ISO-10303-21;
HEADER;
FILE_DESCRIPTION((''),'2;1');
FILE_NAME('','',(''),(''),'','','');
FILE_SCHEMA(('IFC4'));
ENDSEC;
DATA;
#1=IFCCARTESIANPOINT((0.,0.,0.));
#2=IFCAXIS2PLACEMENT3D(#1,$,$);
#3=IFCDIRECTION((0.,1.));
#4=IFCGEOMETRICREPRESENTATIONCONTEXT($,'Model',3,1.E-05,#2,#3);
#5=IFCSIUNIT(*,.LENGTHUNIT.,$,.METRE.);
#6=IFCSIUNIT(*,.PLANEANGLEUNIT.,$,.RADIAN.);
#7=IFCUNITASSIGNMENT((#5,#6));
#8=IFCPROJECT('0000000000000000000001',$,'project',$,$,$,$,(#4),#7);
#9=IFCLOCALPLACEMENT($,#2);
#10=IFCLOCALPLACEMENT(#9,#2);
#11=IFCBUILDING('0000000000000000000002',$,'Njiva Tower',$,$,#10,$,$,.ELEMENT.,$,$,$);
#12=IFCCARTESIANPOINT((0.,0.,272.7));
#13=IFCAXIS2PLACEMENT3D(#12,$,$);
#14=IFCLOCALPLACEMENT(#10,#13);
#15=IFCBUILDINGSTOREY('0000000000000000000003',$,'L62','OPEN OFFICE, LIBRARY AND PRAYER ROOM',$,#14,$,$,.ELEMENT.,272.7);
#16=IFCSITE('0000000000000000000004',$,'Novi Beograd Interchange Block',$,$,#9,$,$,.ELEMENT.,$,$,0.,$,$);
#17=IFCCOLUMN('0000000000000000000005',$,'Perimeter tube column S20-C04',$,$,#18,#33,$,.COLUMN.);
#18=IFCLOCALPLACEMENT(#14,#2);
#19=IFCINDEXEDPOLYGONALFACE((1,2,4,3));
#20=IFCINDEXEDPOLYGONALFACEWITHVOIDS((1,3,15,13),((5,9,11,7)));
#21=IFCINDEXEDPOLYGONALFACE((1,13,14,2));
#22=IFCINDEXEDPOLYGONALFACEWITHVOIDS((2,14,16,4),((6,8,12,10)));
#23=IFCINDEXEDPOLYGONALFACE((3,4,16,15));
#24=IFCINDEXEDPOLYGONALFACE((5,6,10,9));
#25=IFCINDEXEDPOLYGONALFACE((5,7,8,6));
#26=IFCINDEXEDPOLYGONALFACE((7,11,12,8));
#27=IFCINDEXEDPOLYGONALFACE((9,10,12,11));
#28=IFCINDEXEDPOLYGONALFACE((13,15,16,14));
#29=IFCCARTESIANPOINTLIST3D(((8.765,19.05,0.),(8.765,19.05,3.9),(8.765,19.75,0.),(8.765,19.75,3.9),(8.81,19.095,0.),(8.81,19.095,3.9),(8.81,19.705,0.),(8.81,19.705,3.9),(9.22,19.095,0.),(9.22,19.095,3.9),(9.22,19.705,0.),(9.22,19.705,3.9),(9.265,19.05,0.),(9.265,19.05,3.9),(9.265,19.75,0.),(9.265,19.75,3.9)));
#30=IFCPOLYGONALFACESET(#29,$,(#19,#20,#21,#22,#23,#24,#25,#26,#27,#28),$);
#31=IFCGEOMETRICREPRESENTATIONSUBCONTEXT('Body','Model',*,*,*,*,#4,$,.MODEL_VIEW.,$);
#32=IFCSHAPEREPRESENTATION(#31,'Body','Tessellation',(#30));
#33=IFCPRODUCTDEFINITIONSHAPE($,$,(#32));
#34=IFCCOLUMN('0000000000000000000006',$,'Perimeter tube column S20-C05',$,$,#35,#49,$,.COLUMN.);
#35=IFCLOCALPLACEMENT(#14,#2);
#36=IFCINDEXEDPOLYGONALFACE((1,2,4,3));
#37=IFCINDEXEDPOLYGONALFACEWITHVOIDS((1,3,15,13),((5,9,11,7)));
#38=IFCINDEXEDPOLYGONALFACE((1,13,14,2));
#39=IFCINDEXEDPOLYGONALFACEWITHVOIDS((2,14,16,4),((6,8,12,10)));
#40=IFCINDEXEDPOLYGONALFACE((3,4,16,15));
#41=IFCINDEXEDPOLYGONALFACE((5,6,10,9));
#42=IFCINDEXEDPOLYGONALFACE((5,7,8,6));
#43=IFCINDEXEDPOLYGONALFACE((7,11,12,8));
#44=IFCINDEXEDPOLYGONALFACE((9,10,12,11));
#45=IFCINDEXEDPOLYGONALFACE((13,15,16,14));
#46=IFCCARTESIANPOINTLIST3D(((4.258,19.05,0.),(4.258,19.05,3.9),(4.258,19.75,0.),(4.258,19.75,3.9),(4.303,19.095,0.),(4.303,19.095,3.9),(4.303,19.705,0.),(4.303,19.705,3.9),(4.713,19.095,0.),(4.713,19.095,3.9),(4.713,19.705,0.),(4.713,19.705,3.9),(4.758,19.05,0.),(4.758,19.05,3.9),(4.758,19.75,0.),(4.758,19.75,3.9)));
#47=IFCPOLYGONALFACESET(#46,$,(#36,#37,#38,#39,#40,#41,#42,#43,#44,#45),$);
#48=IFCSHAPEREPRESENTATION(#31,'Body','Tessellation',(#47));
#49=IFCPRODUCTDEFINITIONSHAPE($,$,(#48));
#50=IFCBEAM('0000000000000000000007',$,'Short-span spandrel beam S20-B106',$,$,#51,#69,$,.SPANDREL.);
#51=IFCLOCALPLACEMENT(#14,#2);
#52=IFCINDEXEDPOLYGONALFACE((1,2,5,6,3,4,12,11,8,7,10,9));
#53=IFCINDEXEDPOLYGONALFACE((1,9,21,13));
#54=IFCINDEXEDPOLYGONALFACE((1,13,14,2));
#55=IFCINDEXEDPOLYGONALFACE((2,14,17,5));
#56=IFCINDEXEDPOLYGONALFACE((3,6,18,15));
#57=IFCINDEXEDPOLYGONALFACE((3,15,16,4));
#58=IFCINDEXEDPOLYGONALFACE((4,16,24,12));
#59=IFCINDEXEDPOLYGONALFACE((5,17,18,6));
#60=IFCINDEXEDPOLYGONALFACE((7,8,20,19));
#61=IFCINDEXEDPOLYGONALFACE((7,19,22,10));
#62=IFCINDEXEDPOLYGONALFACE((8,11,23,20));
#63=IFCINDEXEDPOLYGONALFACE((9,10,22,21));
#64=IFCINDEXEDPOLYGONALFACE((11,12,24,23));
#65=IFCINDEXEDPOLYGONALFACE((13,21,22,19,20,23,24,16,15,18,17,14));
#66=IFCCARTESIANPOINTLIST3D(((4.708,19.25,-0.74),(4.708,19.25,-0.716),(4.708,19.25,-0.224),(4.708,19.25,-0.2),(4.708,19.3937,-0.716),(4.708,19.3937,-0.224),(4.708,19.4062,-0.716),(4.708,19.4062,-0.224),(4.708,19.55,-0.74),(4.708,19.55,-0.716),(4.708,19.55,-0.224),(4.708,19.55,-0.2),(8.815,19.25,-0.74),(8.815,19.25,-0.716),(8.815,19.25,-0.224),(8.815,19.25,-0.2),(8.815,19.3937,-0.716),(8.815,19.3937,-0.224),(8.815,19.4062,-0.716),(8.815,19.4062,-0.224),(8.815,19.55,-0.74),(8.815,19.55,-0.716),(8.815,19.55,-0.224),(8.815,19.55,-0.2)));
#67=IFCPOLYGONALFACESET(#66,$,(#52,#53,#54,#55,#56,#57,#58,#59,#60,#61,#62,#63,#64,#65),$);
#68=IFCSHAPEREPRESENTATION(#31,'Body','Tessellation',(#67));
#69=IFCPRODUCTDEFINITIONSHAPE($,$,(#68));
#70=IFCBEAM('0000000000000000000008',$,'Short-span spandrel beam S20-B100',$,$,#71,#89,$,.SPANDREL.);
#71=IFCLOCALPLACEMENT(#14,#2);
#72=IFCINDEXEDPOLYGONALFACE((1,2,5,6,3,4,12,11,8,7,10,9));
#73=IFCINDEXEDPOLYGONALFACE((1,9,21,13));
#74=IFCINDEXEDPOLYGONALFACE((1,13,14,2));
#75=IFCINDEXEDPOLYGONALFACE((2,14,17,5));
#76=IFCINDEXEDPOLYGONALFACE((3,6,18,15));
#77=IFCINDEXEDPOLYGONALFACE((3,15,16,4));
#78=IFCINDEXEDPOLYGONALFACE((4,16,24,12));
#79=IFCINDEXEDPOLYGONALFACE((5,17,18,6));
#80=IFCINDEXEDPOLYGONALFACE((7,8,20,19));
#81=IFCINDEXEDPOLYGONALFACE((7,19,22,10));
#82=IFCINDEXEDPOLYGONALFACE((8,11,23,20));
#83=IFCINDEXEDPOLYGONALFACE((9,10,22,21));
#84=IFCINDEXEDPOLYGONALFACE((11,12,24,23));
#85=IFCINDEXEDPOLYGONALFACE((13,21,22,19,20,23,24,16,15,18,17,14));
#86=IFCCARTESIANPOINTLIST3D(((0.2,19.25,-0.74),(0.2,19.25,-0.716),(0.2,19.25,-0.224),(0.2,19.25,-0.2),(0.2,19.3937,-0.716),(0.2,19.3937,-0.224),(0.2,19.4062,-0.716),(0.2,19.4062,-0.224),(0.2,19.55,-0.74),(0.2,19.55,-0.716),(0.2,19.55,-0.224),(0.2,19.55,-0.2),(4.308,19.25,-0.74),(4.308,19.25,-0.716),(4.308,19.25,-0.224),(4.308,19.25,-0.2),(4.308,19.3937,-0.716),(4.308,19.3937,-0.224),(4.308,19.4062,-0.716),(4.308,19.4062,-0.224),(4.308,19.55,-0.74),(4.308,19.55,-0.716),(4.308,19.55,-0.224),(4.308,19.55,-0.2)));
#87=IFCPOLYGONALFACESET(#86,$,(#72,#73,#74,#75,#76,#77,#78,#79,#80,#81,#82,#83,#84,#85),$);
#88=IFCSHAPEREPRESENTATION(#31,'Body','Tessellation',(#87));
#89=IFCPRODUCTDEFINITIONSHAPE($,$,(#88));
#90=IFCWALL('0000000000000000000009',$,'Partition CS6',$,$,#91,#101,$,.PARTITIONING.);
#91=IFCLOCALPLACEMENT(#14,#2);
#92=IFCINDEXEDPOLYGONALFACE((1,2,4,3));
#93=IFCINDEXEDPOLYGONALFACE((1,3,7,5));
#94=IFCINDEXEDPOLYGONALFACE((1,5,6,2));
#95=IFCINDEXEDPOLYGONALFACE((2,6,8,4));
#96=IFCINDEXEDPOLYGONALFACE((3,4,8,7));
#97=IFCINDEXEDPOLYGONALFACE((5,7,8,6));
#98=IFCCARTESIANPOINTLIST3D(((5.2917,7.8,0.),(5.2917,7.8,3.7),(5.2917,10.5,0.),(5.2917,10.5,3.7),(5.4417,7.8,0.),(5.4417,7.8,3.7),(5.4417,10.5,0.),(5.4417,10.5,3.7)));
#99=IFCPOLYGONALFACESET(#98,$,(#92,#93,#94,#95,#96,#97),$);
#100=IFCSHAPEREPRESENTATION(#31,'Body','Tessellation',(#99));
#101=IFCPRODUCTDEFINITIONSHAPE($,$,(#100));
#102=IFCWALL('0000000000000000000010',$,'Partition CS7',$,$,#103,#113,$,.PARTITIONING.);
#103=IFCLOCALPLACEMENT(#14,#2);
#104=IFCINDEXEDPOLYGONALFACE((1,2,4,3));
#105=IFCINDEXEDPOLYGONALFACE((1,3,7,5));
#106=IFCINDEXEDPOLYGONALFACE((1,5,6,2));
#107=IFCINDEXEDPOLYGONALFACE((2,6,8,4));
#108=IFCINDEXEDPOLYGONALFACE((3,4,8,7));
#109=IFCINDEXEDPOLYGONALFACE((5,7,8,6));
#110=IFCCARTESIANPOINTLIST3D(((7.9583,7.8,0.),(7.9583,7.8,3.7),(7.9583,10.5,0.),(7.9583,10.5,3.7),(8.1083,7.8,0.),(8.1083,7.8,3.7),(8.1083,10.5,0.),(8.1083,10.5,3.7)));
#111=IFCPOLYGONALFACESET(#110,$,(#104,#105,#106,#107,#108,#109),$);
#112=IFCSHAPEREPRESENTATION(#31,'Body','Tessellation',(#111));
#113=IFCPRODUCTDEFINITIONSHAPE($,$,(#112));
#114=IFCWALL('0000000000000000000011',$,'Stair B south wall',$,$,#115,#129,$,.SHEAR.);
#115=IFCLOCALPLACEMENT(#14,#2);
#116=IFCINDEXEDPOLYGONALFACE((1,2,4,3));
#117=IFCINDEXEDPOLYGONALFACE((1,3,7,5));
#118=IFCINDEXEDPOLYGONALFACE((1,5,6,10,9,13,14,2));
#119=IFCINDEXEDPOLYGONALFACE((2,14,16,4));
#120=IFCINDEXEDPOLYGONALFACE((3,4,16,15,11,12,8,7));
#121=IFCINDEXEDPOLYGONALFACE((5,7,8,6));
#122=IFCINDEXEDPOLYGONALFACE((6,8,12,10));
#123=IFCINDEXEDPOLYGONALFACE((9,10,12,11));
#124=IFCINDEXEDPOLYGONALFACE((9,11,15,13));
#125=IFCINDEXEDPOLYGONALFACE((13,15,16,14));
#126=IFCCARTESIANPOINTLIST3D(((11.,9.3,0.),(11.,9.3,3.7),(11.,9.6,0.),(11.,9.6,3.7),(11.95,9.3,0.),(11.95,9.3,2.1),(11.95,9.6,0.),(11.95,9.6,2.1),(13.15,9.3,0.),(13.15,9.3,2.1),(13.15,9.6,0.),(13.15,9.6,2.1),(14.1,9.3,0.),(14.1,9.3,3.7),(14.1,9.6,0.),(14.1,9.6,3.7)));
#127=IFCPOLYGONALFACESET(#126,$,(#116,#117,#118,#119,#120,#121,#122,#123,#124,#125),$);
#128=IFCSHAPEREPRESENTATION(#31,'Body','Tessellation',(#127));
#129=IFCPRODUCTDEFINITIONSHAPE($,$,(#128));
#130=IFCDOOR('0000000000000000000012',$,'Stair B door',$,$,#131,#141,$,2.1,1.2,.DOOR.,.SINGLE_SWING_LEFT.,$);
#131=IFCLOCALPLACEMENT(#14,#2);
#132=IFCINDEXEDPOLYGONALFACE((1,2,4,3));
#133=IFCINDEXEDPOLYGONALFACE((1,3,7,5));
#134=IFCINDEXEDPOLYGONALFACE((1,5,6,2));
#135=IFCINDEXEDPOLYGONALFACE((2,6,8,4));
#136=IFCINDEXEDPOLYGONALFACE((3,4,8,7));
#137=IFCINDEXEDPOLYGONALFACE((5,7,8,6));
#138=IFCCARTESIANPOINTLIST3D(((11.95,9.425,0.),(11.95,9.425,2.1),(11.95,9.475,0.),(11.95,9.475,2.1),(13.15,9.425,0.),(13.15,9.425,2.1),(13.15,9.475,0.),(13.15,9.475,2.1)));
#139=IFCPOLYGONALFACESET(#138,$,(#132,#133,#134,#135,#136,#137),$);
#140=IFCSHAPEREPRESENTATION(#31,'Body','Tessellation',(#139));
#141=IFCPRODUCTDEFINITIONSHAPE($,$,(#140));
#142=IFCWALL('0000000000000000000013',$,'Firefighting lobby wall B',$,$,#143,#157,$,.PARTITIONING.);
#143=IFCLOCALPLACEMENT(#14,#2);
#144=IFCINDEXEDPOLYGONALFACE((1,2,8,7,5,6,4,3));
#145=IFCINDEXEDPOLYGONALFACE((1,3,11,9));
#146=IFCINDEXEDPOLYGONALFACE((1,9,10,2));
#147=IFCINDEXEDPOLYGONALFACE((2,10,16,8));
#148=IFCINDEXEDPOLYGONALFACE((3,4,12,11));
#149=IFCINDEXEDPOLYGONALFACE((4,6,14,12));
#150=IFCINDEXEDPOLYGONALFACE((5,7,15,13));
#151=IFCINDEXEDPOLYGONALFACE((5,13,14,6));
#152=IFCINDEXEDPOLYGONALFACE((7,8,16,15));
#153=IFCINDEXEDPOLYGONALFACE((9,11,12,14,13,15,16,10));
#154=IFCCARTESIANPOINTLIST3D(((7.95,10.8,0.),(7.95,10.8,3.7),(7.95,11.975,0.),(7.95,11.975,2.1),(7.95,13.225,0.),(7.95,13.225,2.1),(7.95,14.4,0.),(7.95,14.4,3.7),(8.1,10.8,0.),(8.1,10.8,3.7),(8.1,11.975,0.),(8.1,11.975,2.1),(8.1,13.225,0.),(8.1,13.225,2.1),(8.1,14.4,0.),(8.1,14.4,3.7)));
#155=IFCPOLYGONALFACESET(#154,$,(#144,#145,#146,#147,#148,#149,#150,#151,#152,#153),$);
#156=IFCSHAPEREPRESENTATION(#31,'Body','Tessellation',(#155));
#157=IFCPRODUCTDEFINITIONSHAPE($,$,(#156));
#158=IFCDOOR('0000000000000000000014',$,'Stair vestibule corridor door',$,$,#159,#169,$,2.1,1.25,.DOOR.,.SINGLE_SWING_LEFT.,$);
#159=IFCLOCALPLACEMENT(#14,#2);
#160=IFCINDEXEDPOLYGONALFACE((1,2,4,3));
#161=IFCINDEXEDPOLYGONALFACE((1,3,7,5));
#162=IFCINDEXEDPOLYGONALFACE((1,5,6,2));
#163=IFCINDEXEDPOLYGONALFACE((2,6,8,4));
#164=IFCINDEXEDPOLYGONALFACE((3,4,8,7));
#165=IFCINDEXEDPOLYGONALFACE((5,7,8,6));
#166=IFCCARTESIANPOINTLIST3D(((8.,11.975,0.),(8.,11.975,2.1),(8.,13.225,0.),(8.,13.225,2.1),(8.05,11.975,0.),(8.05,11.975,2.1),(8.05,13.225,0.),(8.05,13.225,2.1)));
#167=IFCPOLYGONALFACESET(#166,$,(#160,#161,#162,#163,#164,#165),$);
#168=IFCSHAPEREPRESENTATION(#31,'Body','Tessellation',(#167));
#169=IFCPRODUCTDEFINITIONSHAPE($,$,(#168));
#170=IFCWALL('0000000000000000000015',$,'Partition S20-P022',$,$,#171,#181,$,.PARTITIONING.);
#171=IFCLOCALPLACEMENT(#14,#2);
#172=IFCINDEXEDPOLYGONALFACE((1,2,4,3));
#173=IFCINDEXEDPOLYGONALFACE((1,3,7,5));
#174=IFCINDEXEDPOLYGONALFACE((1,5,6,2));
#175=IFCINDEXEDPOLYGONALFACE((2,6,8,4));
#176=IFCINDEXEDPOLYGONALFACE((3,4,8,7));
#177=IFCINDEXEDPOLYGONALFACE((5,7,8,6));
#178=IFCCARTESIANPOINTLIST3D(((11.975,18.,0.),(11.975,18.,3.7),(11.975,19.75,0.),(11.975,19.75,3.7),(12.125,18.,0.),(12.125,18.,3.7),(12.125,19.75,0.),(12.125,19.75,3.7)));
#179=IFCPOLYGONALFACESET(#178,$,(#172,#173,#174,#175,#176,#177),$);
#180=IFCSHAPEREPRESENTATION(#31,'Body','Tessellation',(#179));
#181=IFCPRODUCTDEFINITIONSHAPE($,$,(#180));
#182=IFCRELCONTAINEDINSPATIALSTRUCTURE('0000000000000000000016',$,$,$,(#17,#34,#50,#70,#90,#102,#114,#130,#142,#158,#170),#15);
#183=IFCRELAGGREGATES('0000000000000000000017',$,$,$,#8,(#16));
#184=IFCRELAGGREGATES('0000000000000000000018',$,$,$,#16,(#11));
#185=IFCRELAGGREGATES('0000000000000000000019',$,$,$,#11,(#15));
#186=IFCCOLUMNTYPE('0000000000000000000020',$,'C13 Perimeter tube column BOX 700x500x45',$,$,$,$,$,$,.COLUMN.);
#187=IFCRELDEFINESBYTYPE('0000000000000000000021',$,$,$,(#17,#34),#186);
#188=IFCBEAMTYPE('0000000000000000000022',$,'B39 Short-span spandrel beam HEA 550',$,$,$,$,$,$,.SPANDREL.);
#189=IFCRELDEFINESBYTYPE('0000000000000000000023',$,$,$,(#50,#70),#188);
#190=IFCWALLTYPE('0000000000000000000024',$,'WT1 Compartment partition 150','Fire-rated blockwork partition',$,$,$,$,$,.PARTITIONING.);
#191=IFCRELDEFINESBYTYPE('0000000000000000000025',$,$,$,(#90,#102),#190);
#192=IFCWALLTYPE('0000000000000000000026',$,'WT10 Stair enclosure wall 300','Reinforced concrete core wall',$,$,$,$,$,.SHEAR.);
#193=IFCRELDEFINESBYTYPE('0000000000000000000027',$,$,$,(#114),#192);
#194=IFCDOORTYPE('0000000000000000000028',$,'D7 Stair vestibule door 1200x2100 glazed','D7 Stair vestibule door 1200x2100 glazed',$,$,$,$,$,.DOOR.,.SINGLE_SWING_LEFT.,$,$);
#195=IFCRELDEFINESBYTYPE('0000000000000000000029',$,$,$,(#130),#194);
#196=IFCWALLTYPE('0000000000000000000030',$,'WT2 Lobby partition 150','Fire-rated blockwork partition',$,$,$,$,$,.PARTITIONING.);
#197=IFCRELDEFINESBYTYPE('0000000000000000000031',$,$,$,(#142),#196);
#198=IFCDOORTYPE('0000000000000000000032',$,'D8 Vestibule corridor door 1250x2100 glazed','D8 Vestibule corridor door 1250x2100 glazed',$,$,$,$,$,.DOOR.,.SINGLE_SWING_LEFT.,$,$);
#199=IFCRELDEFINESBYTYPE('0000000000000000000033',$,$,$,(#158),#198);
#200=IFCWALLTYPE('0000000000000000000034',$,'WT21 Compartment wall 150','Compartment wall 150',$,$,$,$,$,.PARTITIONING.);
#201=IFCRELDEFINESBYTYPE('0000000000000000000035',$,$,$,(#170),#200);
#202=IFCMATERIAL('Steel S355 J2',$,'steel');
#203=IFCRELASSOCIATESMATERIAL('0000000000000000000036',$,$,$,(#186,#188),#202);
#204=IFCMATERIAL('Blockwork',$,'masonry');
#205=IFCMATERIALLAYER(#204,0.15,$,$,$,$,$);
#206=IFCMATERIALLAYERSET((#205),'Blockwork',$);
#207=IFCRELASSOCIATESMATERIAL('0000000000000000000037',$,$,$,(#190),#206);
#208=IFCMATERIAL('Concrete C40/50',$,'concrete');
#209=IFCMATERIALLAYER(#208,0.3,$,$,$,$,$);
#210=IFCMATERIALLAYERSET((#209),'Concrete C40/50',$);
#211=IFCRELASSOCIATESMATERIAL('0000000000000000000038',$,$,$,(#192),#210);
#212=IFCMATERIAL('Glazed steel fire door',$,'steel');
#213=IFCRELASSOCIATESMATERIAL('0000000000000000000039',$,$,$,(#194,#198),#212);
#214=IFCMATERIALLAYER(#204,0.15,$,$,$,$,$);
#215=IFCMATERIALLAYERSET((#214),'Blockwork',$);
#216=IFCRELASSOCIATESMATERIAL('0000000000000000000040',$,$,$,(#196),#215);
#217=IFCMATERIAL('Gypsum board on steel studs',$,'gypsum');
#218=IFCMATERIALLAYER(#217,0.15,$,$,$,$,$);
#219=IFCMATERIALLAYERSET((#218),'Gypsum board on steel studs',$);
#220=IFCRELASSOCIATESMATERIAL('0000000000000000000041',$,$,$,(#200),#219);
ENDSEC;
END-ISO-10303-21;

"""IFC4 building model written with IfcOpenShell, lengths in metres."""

from ifc_helpers import new_model, si_unit, direction, frame, frame_2d, origin, origin_2d, place, context, subcontext, project, spatial, rectangle, hollow_rectangle, i_section, extrude, material, layer, layer_set, material_profile, profile_set, type_object, element, fill, save


model = new_model("IFC4")

# Units and contexts
model_context = context("Model", 3, precision=1e-05, world=origin(), true_north=direction((0.0, 1.0)))
body_context = subcontext(model_context, "Body", "Model", "MODEL_VIEW")
ifc_project = project(units=[si_unit("LENGTHUNIT", "METRE"), si_unit("PLANEANGLEUNIT", "RADIAN")], contexts=[model_context])

# Site, building, storey
site_placement = place(None, origin())
site = spatial("IfcSite", under=ifc_project, at=site_placement, Name="Novi Beograd Interchange Block", CompositionType="ELEMENT", RefElevation=0.0)
building_placement = place(site_placement, origin())
building = spatial("IfcBuilding", under=site, at=building_placement, Name="Njiva Tower", CompositionType="ELEMENT")
storey_placement = place(building_placement, frame((0.0, 0.0, 272.7)))
storey = spatial("IfcBuildingStorey", under=building, at=storey_placement, Name="L62", Description="OPEN OFFICE, LIBRARY AND PRAYER ROOM", CompositionType="ELEMENT", Elevation=272.7)

# Columns
ifc_material_1 = material(Name="Steel S355 J2", Category="steel")
ifc_material_profile_1 = material_profile(ifc_material_1, hollow_rectangle(XDim=0.5, YDim=0.7, WallThickness=0.045, at=origin_2d()), Name="BOX 700x500x45")
ifc_profile_set_1 = profile_set([ifc_material_profile_1], Name="Steel S355 J2")
column_type = type_object("IfcColumnType", Name="C13 Perimeter tube column BOX 700x500x45", PredefinedType="COLUMN", material=ifc_profile_set_1)
for number, where, z_axis, x_axis, name in (
    (1, (9.015, 19.4, 0.0), (0.0, 0.0, 1.0), (-1.0, 0.0, 0.0), "Perimeter tube column S20-C04"),
    (2, (4.508, 19.4, 0.0), (0.0, 0.0, 1.0), (-1.0, 0.0, 0.0), "Perimeter tube column S20-C05"),
):
    element("IfcColumn", number, at=place(storey_placement, frame(where, z_axis=z_axis, x_axis=x_axis)), inside=storey, type_object=column_type, Name=name, PredefinedType="COLUMN", context=body_context, shape_type="SweptSolid", body=[
        extrude(hollow_rectangle(XDim=0.5, YDim=0.7, WallThickness=0.045, at=origin_2d()), origin(), (0.0, 0.0, 1.0), 3.9),
    ])

# Beams
ifc_material_profile_2 = material_profile(ifc_material_1, i_section(OverallWidth=0.3, OverallDepth=0.54, WebThickness=0.0125, FlangeThickness=0.024, at=origin_2d()), Name="HEA 550")
ifc_profile_set_2 = profile_set([ifc_material_profile_2], Name="Steel S355 J2")
beam_type = type_object("IfcBeamType", Name="B39 Short-span spandrel beam HEA 550", PredefinedType="SPANDREL", material=ifc_profile_set_2)
beam_1_placement = place(storey_placement, frame((8.815, 19.4, -0.47), z_axis=(-1.0, 0.0, 0.0), x_axis=(0.0, -1.0, 0.0)))
element("IfcBeam", 3, at=beam_1_placement, inside=storey, type_object=beam_type, Name="Short-span spandrel beam S20-B106", PredefinedType="SPANDREL", context=body_context, shape_type="SweptSolid", body=[
    extrude(i_section(OverallWidth=0.3, OverallDepth=0.54, WebThickness=0.0125, FlangeThickness=0.024, at=origin_2d()), origin(), (0.0, 0.0, 1.0), 4.107),
])
beam_2_placement = place(storey_placement, frame((4.308, 19.4, -0.47), z_axis=(-1.0, 0.0, 0.0), x_axis=(0.0, -1.0, 0.0)))
element("IfcBeam", 4, at=beam_2_placement, inside=storey, type_object=beam_type, Name="Short-span spandrel beam S20-B100", PredefinedType="SPANDREL", context=body_context, shape_type="SweptSolid", body=[
    extrude(i_section(OverallWidth=0.3, OverallDepth=0.54, WebThickness=0.0125, FlangeThickness=0.024, at=origin_2d()), origin(), (0.0, 0.0, 1.0), 4.108),
])

# Walls
ifc_material_2 = material(Name="Blockwork", Category="masonry")
ifc_layer_1 = layer(ifc_material_2, 0.15)
ifc_layer_set_1 = layer_set([ifc_layer_1], Name="Blockwork")
wall_type_1 = type_object("IfcWallType", Name="WT1 Compartment partition 150", Description="Fire-rated blockwork partition", PredefinedType="PARTITIONING", material=ifc_layer_set_1)
for number, where, z_axis, x_axis, name in (
    (5, (5.3667, 7.8, 0.0), (0.0, 0.0, 1.0), (0.0, 1.0, 0.0), "Partition CS6"),
    (6, (8.0333, 7.8, 0.0), (0.0, 0.0, 1.0), (0.0, 1.0, 0.0), "Partition CS7"),
):
    element("IfcWall", number, at=place(storey_placement, frame(where, z_axis=z_axis, x_axis=x_axis)), inside=storey, type_object=wall_type_1, Name=name, PredefinedType="PARTITIONING", context=body_context, shape_type="SweptSolid", body=[
        extrude(rectangle(XDim=2.7, YDim=0.15, at=frame_2d((1.35, 0.0))), origin(), (0.0, 0.0, 1.0), 3.7),
    ])

# Walls, openings, doors
ifc_material_3 = material(Name="Concrete C40/50", Category="concrete")
ifc_layer_2 = layer(ifc_material_3, 0.3)
ifc_layer_set_2 = layer_set([ifc_layer_2], Name="Concrete C40/50")
wall_type_2 = type_object("IfcWallType", Name="WT10 Stair enclosure wall 300", Description="Reinforced concrete core wall", PredefinedType="SHEAR", material=ifc_layer_set_2)
wall_1_placement = place(storey_placement, frame((11.0, 9.45, 0.0), z_axis=(0.0, 0.0, 1.0), x_axis=(1.0, 0.0, 0.0)))
wall_1 = element("IfcWall", 7, at=wall_1_placement, inside=storey, type_object=wall_type_2, Name="Stair B south wall", PredefinedType="SHEAR", context=body_context, shape_type="SweptSolid", body=[
    extrude(rectangle(XDim=3.1, YDim=0.3, at=frame_2d((1.55, 0.0))), origin(), (0.0, 0.0, 1.0), 3.7),
])
opening_1_placement = place(wall_1_placement, frame((0.95, 0.0, 0.0)))
opening_1 = element("IfcOpeningElement", 8, at=opening_1_placement, cuts=wall_1, PredefinedType="OPENING", context=body_context, shape_type="SweptSolid", body=[
    extrude(rectangle(XDim=1.2, YDim=2.1, at=frame_2d((0.6, 1.05))), frame((0.0, 0.16, 0.0), z_axis=(0.0, -1.0, 0.0), x_axis=(1.0, 0.0, 0.0)), (0.0, 0.0, 1.0), 0.32),
])
ifc_material_4 = material(Name="Glazed steel fire door", Category="steel")
door_type_1 = type_object("IfcDoorType", Name="D7 Stair vestibule door 1200x2100 glazed", Description="D7 Stair vestibule door 1200x2100 glazed", OperationType="SINGLE_SWING_LEFT", PredefinedType="DOOR", material=ifc_material_4)
door_1_placement = place(opening_1_placement, origin())
door_1 = element("IfcDoor", 9, at=door_1_placement, inside=storey, type_object=door_type_1, Name="Stair B door", OperationType="SINGLE_SWING_LEFT", OverallHeight=2.1, OverallWidth=1.2, PredefinedType="DOOR", context=body_context, shape_type="SweptSolid", body=[
    extrude(rectangle(XDim=1.2, YDim=2.1, at=frame_2d((0.6, 1.05))), frame((0.0, 0.025, 0.0), z_axis=(0.0, -1.0, 0.0), x_axis=(1.0, 0.0, 0.0)), (0.0, 0.0, 1.0), 0.05),
])
fill(opening_1, door_1)
ifc_layer_3 = layer(ifc_material_2, 0.15)
ifc_layer_set_3 = layer_set([ifc_layer_3], Name="Blockwork")
wall_type_3 = type_object("IfcWallType", Name="WT2 Lobby partition 150", Description="Fire-rated blockwork partition", PredefinedType="PARTITIONING", material=ifc_layer_set_3)
wall_2_placement = place(storey_placement, frame((8.025, 10.8, 0.0), z_axis=(0.0, 0.0, 1.0), x_axis=(0.0, 1.0, 0.0)))
wall_2 = element("IfcWall", 10, at=wall_2_placement, inside=storey, type_object=wall_type_3, Name="Firefighting lobby wall B", PredefinedType="PARTITIONING", context=body_context, shape_type="SweptSolid", body=[
    extrude(rectangle(XDim=3.6, YDim=0.15, at=frame_2d((1.8, 0.0))), origin(), (0.0, 0.0, 1.0), 3.7),
])
opening_2_placement = place(wall_2_placement, frame((1.175, 0.0, 0.0)))
opening_2 = element("IfcOpeningElement", 11, at=opening_2_placement, cuts=wall_2, PredefinedType="OPENING", context=body_context, shape_type="SweptSolid", body=[
    extrude(rectangle(XDim=1.25, YDim=2.1, at=frame_2d((0.625, 1.05))), frame((0.0, 0.085, 0.0), z_axis=(0.0, -1.0, 0.0), x_axis=(1.0, 0.0, 0.0)), (0.0, 0.0, 1.0), 0.17),
])
door_type_2 = type_object("IfcDoorType", Name="D8 Vestibule corridor door 1250x2100 glazed", Description="D8 Vestibule corridor door 1250x2100 glazed", OperationType="SINGLE_SWING_LEFT", PredefinedType="DOOR", material=ifc_material_4)
door_2_placement = place(opening_2_placement, origin())
door_2 = element("IfcDoor", 12, at=door_2_placement, inside=storey, type_object=door_type_2, Name="Stair vestibule corridor door", OperationType="SINGLE_SWING_LEFT", OverallHeight=2.1, OverallWidth=1.25, PredefinedType="DOOR", context=body_context, shape_type="SweptSolid", body=[
    extrude(rectangle(XDim=1.25, YDim=2.1, at=frame_2d((0.625, 1.05))), frame((0.0, 0.025, 0.0), z_axis=(0.0, -1.0, 0.0), x_axis=(1.0, 0.0, 0.0)), (0.0, 0.0, 1.0), 0.05),
])
fill(opening_2, door_2)

# Wall
ifc_material_5 = material(Name="Gypsum board on steel studs", Category="gypsum")
ifc_layer_4 = layer(ifc_material_5, 0.15)
ifc_layer_set_4 = layer_set([ifc_layer_4], Name="Gypsum board on steel studs")
wall_type_4 = type_object("IfcWallType", Name="WT21 Compartment wall 150", Description="Compartment wall 150", PredefinedType="PARTITIONING", material=ifc_layer_set_4)
wall_3_placement = place(storey_placement, frame((12.05, 18.0, 0.0), z_axis=(0.0, 0.0, 1.0), x_axis=(0.0, 1.0, 0.0)))
element("IfcWall", 13, at=wall_3_placement, inside=storey, type_object=wall_type_4, Name="Partition S20-P022", PredefinedType="PARTITIONING", context=body_context, shape_type="SweptSolid", body=[
    extrude(rectangle(XDim=1.75, YDim=0.15, at=frame_2d((0.875, 0.0))), origin(), (0.0, 0.0, 1.0), 3.7),
])

save(model, "model.ifc")
